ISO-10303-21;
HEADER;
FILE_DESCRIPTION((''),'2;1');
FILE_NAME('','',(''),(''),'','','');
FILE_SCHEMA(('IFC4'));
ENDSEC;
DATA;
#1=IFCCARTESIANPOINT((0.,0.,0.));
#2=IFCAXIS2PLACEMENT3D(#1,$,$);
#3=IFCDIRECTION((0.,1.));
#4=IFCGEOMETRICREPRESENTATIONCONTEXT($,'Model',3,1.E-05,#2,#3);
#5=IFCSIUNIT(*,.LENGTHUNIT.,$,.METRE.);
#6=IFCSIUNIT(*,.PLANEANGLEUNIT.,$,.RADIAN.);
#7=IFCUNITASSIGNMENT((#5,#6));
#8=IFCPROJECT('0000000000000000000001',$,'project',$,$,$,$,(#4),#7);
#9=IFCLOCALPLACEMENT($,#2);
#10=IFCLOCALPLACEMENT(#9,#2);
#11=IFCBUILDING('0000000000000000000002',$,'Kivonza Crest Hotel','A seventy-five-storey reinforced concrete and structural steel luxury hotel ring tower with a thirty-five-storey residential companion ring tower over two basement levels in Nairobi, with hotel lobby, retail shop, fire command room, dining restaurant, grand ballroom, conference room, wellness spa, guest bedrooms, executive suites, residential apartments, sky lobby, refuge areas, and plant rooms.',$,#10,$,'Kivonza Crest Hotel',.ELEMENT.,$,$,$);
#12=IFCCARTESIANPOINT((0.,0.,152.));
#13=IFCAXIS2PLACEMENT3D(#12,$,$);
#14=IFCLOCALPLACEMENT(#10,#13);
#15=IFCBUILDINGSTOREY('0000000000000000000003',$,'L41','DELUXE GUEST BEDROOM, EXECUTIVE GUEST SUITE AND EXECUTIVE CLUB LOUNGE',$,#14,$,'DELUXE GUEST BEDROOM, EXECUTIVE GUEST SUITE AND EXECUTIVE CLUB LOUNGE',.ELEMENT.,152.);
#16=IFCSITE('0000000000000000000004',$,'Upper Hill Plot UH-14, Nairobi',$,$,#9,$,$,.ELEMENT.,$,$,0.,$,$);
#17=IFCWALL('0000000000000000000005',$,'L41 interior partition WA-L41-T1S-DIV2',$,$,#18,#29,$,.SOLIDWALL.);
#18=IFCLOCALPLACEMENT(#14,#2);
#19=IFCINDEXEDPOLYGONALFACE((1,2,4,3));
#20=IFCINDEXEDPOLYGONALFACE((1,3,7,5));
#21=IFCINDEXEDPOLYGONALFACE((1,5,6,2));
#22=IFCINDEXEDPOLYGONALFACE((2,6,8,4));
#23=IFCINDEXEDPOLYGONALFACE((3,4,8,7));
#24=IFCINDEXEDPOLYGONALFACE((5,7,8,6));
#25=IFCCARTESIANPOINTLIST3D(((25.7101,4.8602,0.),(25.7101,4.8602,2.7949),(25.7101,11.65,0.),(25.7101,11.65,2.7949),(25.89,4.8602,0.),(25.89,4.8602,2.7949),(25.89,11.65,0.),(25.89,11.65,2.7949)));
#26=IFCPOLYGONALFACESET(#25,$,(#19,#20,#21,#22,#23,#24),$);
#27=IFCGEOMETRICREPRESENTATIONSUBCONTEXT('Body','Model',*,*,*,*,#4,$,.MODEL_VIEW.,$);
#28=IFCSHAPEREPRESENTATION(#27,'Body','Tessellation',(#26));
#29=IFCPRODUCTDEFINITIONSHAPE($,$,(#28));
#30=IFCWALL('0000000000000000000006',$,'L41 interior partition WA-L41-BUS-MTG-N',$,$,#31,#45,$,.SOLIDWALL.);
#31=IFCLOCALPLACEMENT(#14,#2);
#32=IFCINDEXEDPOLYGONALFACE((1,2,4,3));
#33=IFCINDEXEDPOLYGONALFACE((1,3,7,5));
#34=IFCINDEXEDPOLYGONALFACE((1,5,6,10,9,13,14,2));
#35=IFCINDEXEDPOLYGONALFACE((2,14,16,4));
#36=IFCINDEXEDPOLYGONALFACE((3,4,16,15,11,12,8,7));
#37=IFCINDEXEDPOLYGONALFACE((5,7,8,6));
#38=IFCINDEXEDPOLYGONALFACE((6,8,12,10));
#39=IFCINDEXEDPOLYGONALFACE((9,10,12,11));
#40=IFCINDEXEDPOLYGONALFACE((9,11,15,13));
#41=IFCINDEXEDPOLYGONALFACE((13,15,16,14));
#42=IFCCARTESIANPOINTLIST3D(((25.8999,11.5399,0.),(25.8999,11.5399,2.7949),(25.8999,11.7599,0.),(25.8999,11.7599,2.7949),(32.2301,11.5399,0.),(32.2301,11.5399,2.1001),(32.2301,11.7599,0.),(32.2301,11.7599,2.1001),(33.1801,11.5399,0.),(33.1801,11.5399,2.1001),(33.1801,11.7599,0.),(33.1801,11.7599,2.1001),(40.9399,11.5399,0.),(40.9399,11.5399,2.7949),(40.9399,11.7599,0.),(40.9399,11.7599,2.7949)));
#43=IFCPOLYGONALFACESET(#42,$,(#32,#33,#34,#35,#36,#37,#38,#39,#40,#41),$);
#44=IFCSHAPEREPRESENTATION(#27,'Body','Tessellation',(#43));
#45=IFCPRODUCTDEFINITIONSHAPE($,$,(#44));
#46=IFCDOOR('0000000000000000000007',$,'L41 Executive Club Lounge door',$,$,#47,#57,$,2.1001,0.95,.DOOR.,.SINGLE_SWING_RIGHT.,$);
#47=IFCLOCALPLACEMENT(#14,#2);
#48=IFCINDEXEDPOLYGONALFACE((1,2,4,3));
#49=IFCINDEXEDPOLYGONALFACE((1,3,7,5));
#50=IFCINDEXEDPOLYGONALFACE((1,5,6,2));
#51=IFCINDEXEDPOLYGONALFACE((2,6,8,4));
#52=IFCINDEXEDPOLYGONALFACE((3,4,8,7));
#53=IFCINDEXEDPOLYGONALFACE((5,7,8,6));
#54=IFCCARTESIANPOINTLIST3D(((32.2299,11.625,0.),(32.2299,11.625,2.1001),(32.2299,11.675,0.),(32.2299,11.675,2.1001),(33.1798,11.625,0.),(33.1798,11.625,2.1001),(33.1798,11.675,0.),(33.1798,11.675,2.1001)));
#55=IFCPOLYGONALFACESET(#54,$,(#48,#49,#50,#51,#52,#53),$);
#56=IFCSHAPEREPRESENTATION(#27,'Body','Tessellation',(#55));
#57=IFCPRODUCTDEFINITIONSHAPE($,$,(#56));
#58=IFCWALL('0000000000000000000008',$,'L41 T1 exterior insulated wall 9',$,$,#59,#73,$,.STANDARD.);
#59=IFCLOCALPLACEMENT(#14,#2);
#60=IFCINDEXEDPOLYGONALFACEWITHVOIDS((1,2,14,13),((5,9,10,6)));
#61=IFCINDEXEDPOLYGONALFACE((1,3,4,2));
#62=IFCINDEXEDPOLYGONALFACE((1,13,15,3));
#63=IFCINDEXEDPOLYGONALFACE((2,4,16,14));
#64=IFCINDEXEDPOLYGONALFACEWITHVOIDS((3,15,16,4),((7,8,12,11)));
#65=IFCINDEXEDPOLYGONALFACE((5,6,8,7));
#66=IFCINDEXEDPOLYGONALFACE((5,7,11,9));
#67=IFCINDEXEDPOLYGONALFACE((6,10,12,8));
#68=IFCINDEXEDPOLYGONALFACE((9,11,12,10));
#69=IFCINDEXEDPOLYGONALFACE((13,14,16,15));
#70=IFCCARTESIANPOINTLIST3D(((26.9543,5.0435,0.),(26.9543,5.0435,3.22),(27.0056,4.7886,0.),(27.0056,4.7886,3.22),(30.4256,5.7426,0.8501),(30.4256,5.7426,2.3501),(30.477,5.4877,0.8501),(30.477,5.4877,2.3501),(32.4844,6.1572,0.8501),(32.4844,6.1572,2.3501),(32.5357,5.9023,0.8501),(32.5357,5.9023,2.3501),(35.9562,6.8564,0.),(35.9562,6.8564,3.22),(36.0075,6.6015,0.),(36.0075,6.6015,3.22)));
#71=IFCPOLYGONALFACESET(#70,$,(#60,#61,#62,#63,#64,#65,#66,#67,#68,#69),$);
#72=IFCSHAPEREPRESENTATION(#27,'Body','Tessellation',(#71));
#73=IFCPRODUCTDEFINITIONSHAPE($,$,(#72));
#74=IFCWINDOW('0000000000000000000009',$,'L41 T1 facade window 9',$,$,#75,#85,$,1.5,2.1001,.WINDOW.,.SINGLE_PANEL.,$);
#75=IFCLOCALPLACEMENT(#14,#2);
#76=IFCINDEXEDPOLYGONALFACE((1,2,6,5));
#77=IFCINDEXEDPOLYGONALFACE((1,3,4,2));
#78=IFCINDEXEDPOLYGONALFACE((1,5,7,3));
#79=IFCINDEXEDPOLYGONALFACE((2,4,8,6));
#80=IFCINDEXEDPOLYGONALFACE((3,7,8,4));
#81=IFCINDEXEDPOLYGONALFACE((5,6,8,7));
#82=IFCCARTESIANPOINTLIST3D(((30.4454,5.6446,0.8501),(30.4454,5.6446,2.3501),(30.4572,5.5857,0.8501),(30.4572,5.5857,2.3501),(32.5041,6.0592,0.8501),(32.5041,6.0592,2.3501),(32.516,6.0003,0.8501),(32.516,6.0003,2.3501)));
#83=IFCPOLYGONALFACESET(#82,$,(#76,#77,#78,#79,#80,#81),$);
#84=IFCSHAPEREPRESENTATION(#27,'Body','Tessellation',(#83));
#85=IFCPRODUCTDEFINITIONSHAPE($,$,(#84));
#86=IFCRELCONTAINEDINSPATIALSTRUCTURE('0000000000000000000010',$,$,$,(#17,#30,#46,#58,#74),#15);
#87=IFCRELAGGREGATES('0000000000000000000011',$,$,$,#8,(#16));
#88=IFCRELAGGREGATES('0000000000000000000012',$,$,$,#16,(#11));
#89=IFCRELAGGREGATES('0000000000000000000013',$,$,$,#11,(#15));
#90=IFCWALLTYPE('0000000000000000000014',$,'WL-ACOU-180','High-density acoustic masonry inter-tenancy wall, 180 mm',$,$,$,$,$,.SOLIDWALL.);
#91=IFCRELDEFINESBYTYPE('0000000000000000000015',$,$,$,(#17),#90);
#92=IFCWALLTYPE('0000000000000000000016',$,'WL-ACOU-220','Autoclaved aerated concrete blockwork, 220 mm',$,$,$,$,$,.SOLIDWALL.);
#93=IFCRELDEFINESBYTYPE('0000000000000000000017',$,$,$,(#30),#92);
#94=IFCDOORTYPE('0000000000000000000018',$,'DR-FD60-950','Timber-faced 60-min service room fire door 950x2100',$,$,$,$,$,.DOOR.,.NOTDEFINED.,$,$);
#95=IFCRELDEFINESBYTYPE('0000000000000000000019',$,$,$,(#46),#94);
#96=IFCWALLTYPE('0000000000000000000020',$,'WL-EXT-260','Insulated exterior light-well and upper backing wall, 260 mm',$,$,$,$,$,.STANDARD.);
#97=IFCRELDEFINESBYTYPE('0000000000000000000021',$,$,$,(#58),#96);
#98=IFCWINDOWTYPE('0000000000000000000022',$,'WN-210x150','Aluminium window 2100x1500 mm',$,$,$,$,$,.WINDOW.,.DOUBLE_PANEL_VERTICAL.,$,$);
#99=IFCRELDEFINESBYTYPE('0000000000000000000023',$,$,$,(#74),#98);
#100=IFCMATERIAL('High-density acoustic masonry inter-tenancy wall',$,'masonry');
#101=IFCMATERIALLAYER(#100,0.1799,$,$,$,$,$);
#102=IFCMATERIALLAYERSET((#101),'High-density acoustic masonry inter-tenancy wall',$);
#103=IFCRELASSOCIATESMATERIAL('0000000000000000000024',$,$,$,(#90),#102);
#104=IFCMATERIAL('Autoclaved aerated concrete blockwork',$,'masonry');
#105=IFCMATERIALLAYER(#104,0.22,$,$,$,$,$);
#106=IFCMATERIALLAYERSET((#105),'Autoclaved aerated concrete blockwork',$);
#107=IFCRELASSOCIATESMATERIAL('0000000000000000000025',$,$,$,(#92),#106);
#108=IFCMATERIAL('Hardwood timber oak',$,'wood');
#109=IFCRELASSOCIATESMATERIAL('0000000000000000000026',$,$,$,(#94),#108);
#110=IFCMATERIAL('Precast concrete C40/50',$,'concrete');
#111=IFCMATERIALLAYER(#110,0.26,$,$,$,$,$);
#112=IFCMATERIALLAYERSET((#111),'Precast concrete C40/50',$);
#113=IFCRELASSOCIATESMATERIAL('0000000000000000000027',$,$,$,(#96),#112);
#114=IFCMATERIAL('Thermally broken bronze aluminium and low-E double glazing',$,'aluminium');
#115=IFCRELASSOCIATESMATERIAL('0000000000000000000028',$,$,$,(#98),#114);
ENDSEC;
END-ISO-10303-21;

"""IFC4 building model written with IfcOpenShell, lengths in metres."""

from ifc_helpers import new_model, si_unit, direction, frame, frame_2d, origin, place, context, subcontext, project, spatial, rectangle, extrude, material, layer, layer_set, type_object, element, fill, save


model = new_model("IFC4")

# Units and contexts
model_context = context("Model", 3, precision=1e-05, world=origin(), true_north=direction((0.0, 1.0)))
body_context = subcontext(model_context, "Body", "Model", "MODEL_VIEW")
ifc_project = project(units=[si_unit("LENGTHUNIT", "METRE"), si_unit("PLANEANGLEUNIT", "RADIAN")], contexts=[model_context])

# Site, building, storey
site_placement = place(None, origin())
site = spatial("IfcSite", under=ifc_project, at=site_placement, Name="Upper Hill Plot UH-14, Nairobi", CompositionType="ELEMENT", RefElevation=0.0)
building_placement = place(site_placement, origin())
building = spatial("IfcBuilding", under=site, at=building_placement, Name="Kivonza Crest Hotel", Description="A seventy-five-storey reinforced concrete and structural steel luxury hotel ring tower with a thirty-five-storey residential companion ring tower over two basement levels in Nairobi, with hotel lobby, retail shop, fire command room, dining restaurant, grand ballroom, conference room, wellness spa, guest bedrooms, executive suites, residential apartments, sky lobby, refuge areas, and plant rooms.", LongName="Kivonza Crest Hotel", CompositionType="ELEMENT")
storey_placement = place(building_placement, frame((0.0, 0.0, 152.0)))
storey = spatial("IfcBuildingStorey", under=building, at=storey_placement, Name="L41", Description="DELUXE GUEST BEDROOM, EXECUTIVE GUEST SUITE AND EXECUTIVE CLUB LOUNGE", LongName="DELUXE GUEST BEDROOM, EXECUTIVE GUEST SUITE AND EXECUTIVE CLUB LOUNGE", CompositionType="ELEMENT", Elevation=152.0)

# Wall
ifc_material_1 = material(Name="High-density acoustic masonry inter-tenancy wall", Category="masonry")
ifc_layer_1 = layer(ifc_material_1, 0.1799)
ifc_layer_set_1 = layer_set([ifc_layer_1], Name="High-density acoustic masonry inter-tenancy wall")
wall_type_1 = type_object("IfcWallType", Name="WL-ACOU-180", Description="High-density acoustic masonry inter-tenancy wall, 180 mm", PredefinedType="SOLIDWALL", material=ifc_layer_set_1)
wall_1_placement = place(storey_placement, frame((25.8, 4.8601, 0.0), z_axis=(0.0, 0.0, 1.0), x_axis=(0.0, 1.0, 0.0)))
element("IfcWall", 1, at=wall_1_placement, inside=storey, type_object=wall_type_1, Name="L41 interior partition WA-L41-T1S-DIV2", PredefinedType="SOLIDWALL", context=body_context, shape_type="SweptSolid", body=[
    extrude(rectangle(XDim=6.7898, YDim=0.1799, at=frame_2d((3.395, 0.0))), origin(), (0.0, 0.0, 1.0), 2.7949),
])

# Wall, opening, door
ifc_material_2 = material(Name="Autoclaved aerated concrete blockwork", Category="masonry")
ifc_layer_2 = layer(ifc_material_2, 0.22)
ifc_layer_set_2 = layer_set([ifc_layer_2], Name="Autoclaved aerated concrete blockwork")
wall_type_2 = type_object("IfcWallType", Name="WL-ACOU-220", Description="Autoclaved aerated concrete blockwork, 220 mm", PredefinedType="SOLIDWALL", material=ifc_layer_set_2)
wall_2_placement = place(storey_placement, frame((25.8999, 11.6499, 0.0), z_axis=(0.0, 0.0, 1.0), x_axis=(1.0, 0.0, 0.0)))
wall_2 = element("IfcWall", 2, at=wall_2_placement, inside=storey, type_object=wall_type_2, Name="L41 interior partition WA-L41-BUS-MTG-N", PredefinedType="SOLIDWALL", context=body_context, shape_type="SweptSolid", body=[
    extrude(rectangle(XDim=15.04, YDim=0.22, at=frame_2d((7.52, 0.0))), origin(), (0.0, 0.0, 1.0), 2.7949),
])
opening_1_placement = place(wall_2_placement, frame((6.3301, 0.0, 0.0)))
opening_1 = element("IfcOpeningElement", 3, at=opening_1_placement, cuts=wall_2, PredefinedType="OPENING", context=body_context, shape_type="SweptSolid", body=[
    extrude(rectangle(XDim=0.95, YDim=2.1001, at=frame_2d((0.4751, 1.05))), frame((0.0, 0.1201, 0.0), z_axis=(0.0, -1.0, 0.0), x_axis=(1.0, 0.0, 0.0)), (0.0, 0.0, 1.0), 0.24),
])
ifc_material_3 = material(Name="Hardwood timber oak", Category="wood")
door_type = type_object("IfcDoorType", Name="DR-FD60-950", Description="Timber-faced 60-min service room fire door 950x2100", OperationType="NOTDEFINED", PredefinedType="DOOR", material=ifc_material_3)
door_placement = place(opening_1_placement, frame((0.95, 0.0, 0.0), z_axis=(0.0, 0.0, 1.0), x_axis=(-1.0, 0.0, 0.0)))
door = element("IfcDoor", 4, at=door_placement, inside=storey, type_object=door_type, Name="L41 Executive Club Lounge door", OperationType="SINGLE_SWING_RIGHT", OverallHeight=2.1001, OverallWidth=0.95, PredefinedType="DOOR", context=body_context, shape_type="SweptSolid", body=[
    extrude(rectangle(XDim=0.95, YDim=2.1001, at=frame_2d((0.4751, 1.05))), frame((0.0, 0.0249, 0.0), z_axis=(0.0, -1.0, 0.0), x_axis=(1.0, 0.0, 0.0)), (0.0, 0.0, 1.0), 0.05),
])
fill(opening_1, door)

# Wall, opening, window
ifc_material_4 = material(Name="Precast concrete C40/50", Category="concrete")
ifc_layer_3 = layer(ifc_material_4, 0.26)
ifc_layer_set_3 = layer_set([ifc_layer_3], Name="Precast concrete C40/50")
wall_type_3 = type_object("IfcWallType", Name="WL-EXT-260", Description="Insulated exterior light-well and upper backing wall, 260 mm", PredefinedType="STANDARD", material=ifc_layer_set_3)
wall_3_placement = place(storey_placement, frame((26.98, 4.916, 0.0), z_axis=(0.0, 0.0, 1.0), x_axis=(0.980316, 0.197435, 0.0)))
wall_3 = element("IfcWall", 5, at=wall_3_placement, inside=storey, type_object=wall_type_3, Name="L41 T1 exterior insulated wall 9", PredefinedType="STANDARD", context=body_context, shape_type="SweptSolid", body=[
    extrude(rectangle(XDim=9.1826, YDim=0.26, at=frame_2d((4.5913, 0.0))), origin(), (0.0, 0.0, 1.0), 3.22),
])
opening_2_placement = place(wall_3_placement, frame((3.541, 0.0, 0.8501)))
opening_2 = element("IfcOpeningElement", 6, at=opening_2_placement, cuts=wall_3, PredefinedType="OPENING", context=body_context, shape_type="SweptSolid", body=[
    extrude(rectangle(XDim=2.1001, YDim=1.5, at=frame_2d((1.05, 0.75))), frame((0.0, 0.1401, 0.0), z_axis=(0.0, -1.0, 0.0), x_axis=(1.0, 0.0, 0.0)), (0.0, 0.0, 1.0), 0.28),
])
ifc_material_5 = material(Name="Thermally broken bronze aluminium and low-E double glazing", Category="aluminium")
window_type = type_object("IfcWindowType", Name="WN-210x150", Description="Aluminium window 2100x1500 mm", PartitioningType="DOUBLE_PANEL_VERTICAL", PredefinedType="WINDOW", material=ifc_material_5)
window_placement = place(opening_2_placement, origin())
window = element("IfcWindow", 7, at=window_placement, inside=storey, type_object=window_type, Name="L41 T1 facade window 9", OverallHeight=1.5, OverallWidth=2.1001, PartitioningType="SINGLE_PANEL", PredefinedType="WINDOW", context=body_context, shape_type="SweptSolid", body=[
    extrude(rectangle(XDim=2.1001, YDim=1.5, at=frame_2d((1.05, 0.75))), frame((0.0, 0.03, 0.0), z_axis=(0.0, -1.0, 0.0), x_axis=(1.0, 0.0, 0.0)), (0.0, 0.0, 1.0), 0.0601),
])
fill(opening_2, window)

save(model, "model.ifc")
